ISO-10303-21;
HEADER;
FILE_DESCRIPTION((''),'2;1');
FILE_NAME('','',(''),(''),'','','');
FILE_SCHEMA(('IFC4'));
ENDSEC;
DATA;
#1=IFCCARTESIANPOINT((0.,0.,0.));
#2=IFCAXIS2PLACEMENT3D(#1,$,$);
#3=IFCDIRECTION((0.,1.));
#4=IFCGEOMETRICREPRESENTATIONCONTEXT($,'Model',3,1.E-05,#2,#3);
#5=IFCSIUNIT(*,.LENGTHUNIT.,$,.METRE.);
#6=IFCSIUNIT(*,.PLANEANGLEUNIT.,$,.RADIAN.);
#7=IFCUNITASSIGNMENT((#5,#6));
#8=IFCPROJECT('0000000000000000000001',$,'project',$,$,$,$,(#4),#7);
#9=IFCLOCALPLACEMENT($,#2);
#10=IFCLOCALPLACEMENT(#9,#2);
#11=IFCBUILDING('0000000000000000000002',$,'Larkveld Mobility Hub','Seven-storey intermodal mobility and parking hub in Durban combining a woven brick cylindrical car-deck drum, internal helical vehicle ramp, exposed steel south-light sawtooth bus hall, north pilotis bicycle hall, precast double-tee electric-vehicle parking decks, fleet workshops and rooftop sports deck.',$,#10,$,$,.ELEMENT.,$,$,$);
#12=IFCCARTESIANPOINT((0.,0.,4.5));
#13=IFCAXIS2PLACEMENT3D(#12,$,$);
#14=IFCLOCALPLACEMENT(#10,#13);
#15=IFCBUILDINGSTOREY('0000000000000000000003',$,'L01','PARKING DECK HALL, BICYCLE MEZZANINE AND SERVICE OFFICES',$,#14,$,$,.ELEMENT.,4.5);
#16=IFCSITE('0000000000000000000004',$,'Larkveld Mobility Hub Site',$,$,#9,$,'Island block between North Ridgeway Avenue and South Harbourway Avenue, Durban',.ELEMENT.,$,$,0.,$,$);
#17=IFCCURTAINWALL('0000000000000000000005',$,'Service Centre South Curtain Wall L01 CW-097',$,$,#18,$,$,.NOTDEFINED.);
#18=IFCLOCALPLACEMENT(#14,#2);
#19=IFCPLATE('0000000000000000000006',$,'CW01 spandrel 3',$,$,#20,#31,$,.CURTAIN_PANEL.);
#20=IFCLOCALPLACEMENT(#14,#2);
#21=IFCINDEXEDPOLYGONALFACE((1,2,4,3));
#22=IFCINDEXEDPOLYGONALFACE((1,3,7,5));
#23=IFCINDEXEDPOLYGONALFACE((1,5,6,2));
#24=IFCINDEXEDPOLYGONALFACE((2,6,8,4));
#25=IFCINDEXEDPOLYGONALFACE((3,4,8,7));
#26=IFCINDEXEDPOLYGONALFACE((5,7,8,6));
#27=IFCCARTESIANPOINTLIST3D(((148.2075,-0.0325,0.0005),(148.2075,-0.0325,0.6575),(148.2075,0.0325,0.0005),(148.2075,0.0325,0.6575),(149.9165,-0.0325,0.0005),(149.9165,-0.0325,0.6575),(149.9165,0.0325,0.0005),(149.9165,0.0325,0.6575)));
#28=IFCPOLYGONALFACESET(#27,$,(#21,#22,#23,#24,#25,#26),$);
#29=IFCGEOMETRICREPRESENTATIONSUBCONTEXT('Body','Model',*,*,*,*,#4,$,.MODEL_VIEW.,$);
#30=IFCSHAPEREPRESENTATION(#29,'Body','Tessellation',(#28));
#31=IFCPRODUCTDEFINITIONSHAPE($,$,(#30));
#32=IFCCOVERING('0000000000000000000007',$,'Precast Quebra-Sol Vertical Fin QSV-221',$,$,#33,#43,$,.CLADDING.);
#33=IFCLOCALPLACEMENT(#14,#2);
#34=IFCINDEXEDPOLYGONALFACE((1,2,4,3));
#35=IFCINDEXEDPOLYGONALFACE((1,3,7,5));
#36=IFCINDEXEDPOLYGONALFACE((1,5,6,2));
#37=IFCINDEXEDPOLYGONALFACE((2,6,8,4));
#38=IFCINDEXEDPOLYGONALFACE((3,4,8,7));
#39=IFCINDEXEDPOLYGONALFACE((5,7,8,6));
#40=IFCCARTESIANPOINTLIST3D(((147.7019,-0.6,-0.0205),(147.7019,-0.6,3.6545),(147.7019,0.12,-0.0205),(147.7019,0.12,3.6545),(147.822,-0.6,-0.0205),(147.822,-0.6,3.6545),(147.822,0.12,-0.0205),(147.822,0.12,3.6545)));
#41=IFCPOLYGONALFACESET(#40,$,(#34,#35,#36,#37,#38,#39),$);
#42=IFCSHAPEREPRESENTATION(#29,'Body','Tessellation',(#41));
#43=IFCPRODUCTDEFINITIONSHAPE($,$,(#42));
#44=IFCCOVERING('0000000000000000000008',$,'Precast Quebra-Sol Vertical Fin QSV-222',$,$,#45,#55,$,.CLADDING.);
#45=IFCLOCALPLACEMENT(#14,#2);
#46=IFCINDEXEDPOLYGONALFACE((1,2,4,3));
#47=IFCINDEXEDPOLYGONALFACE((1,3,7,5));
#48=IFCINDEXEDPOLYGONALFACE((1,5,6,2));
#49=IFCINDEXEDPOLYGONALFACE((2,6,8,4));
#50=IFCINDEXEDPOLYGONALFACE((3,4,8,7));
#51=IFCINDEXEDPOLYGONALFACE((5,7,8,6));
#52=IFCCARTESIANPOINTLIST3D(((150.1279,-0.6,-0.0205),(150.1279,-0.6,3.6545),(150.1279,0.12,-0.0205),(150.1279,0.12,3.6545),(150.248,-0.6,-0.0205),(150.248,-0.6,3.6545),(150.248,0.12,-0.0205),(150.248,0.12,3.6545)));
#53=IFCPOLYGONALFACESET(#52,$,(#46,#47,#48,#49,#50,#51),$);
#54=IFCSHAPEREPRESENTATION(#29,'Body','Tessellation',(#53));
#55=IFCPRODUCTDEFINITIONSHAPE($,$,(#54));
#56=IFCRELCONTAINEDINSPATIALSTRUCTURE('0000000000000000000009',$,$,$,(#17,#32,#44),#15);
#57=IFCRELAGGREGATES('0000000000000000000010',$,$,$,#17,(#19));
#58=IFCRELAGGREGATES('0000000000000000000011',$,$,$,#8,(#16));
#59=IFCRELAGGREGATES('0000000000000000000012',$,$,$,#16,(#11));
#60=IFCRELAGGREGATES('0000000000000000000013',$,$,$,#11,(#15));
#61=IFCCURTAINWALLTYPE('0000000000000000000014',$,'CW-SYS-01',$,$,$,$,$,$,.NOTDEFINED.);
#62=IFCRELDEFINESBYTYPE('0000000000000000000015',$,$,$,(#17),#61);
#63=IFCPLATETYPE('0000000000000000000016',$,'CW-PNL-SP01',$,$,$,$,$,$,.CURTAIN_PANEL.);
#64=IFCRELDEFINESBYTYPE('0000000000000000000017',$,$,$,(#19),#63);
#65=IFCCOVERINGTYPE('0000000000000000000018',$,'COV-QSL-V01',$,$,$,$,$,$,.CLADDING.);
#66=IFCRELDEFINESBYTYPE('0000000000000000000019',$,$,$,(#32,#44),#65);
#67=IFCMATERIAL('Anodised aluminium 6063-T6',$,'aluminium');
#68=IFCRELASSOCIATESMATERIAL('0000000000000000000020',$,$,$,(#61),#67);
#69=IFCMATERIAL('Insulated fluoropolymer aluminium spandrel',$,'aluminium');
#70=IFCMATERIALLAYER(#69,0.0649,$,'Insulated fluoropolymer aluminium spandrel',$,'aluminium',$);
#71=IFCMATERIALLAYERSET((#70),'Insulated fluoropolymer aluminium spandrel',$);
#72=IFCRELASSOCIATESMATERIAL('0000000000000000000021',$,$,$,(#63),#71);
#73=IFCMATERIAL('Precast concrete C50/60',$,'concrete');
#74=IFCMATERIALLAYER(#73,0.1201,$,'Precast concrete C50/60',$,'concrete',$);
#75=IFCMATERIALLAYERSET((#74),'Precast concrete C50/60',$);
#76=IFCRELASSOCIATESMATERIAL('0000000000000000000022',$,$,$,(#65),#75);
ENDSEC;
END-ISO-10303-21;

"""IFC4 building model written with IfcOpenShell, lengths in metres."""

from ifc_helpers import new_model, si_unit, direction, frame, origin, origin_2d, place, context, subcontext, project, spatial, rectangle, extrude, material, layer, layer_set, type_object, element, aggregate, save


model = new_model("IFC4")

# Units and contexts
model_context = context("Model", 3, precision=1e-05, world=origin(), true_north=direction((0.0, 1.0)))
body_context = subcontext(model_context, "Body", "Model", "MODEL_VIEW")
ifc_project = project(units=[si_unit("LENGTHUNIT", "METRE"), si_unit("PLANEANGLEUNIT", "RADIAN")], contexts=[model_context])

# Site, building, storey
site_placement = place(None, origin())
site = spatial("IfcSite", under=ifc_project, at=site_placement, Name="Larkveld Mobility Hub Site", LongName="Island block between North Ridgeway Avenue and South Harbourway Avenue, Durban", CompositionType="ELEMENT", RefElevation=0.0)
building_placement = place(site_placement, origin())
building = spatial("IfcBuilding", under=site, at=building_placement, Name="Larkveld Mobility Hub", Description="Seven-storey intermodal mobility and parking hub in Durban combining a woven brick cylindrical car-deck drum, internal helical vehicle ramp, exposed steel south-light sawtooth bus hall, north pilotis bicycle hall, precast double-tee electric-vehicle parking decks, fleet workshops and rooftop sports deck.", CompositionType="ELEMENT")
storey_placement = place(building_placement, frame((0.0, 0.0, 4.5)))
storey = spatial("IfcBuildingStorey", under=building, at=storey_placement, Name="L01", Description="PARKING DECK HALL, BICYCLE MEZZANINE AND SERVICE OFFICES", CompositionType="ELEMENT", Elevation=4.5)

# Curtain wall, plate
ifc_material_1 = material(Name="Anodised aluminium 6063-T6", Category="aluminium")
curtain_wall_type = type_object("IfcCurtainWallType", Name="CW-SYS-01", PredefinedType="NOTDEFINED", material=ifc_material_1)
curtain_wall_placement = place(storey_placement, origin())
curtain_wall = element("IfcCurtainWall", 1, at=curtain_wall_placement, inside=storey, type_object=curtain_wall_type, Name="Service Centre South Curtain Wall L01 CW-097", PredefinedType="NOTDEFINED")
ifc_material_2 = material(Name="Insulated fluoropolymer aluminium spandrel", Category="aluminium")
ifc_layer_1 = layer(ifc_material_2, 0.0649, Name="Insulated fluoropolymer aluminium spandrel", Category="aluminium")
ifc_layer_set_1 = layer_set([ifc_layer_1], Name="Insulated fluoropolymer aluminium spandrel")
plate_type_1 = type_object("IfcPlateType", Name="CW-PNL-SP01", PredefinedType="CURTAIN_PANEL", material=ifc_layer_set_1)
plate_1_placement = place(storey_placement, frame((149.062, 0.0, 0.0005), z_axis=(0.0, 0.0, 1.0), x_axis=(1.0, 0.0, 0.0)))
plate_1 = element("IfcPlate", 2, at=plate_1_placement, type_object=plate_type_1, Name="CW01 spandrel 3", PredefinedType="CURTAIN_PANEL", context=body_context, shape_type="SweptSolid", body=[
    extrude(rectangle(XDim=1.709, YDim=0.0649, at=origin_2d()), origin(), (0.0, 0.0, 1.0), 0.657),
])
aggregate(curtain_wall, [plate_1])

# Coverings
ifc_material_3 = material(Name="Precast concrete C50/60", Category="concrete")
ifc_layer_2 = layer(ifc_material_3, 0.1201, Name="Precast concrete C50/60", Category="concrete")
ifc_layer_set_2 = layer_set([ifc_layer_2], Name="Precast concrete C50/60")
covering_type = type_object("IfcCoveringType", Name="COV-QSL-V01", PredefinedType="CLADDING", material=ifc_layer_set_2)
for number, where, z_axis, x_axis, name in (
    (3, (147.762, -0.24, -0.0205), (0.0, 0.0, 1.0), (1.0, 0.0, 0.0), "Precast Quebra-Sol Vertical Fin QSV-221"),
    (4, (150.188, -0.24, -0.0205), (0.0, 0.0, 1.0), (1.0, 0.0, 0.0), "Precast Quebra-Sol Vertical Fin QSV-222"),
):
    element("IfcCovering", number, at=place(storey_placement, frame(where, z_axis=z_axis, x_axis=x_axis)), inside=storey, type_object=covering_type, Name=name, PredefinedType="CLADDING", context=body_context, shape_type="SweptSolid", body=[
        extrude(rectangle(XDim=0.1201, YDim=0.72, at=origin_2d()), origin(), (0.0, 0.0, 1.0), 3.675),
    ])

save(model, "model.ifc")
